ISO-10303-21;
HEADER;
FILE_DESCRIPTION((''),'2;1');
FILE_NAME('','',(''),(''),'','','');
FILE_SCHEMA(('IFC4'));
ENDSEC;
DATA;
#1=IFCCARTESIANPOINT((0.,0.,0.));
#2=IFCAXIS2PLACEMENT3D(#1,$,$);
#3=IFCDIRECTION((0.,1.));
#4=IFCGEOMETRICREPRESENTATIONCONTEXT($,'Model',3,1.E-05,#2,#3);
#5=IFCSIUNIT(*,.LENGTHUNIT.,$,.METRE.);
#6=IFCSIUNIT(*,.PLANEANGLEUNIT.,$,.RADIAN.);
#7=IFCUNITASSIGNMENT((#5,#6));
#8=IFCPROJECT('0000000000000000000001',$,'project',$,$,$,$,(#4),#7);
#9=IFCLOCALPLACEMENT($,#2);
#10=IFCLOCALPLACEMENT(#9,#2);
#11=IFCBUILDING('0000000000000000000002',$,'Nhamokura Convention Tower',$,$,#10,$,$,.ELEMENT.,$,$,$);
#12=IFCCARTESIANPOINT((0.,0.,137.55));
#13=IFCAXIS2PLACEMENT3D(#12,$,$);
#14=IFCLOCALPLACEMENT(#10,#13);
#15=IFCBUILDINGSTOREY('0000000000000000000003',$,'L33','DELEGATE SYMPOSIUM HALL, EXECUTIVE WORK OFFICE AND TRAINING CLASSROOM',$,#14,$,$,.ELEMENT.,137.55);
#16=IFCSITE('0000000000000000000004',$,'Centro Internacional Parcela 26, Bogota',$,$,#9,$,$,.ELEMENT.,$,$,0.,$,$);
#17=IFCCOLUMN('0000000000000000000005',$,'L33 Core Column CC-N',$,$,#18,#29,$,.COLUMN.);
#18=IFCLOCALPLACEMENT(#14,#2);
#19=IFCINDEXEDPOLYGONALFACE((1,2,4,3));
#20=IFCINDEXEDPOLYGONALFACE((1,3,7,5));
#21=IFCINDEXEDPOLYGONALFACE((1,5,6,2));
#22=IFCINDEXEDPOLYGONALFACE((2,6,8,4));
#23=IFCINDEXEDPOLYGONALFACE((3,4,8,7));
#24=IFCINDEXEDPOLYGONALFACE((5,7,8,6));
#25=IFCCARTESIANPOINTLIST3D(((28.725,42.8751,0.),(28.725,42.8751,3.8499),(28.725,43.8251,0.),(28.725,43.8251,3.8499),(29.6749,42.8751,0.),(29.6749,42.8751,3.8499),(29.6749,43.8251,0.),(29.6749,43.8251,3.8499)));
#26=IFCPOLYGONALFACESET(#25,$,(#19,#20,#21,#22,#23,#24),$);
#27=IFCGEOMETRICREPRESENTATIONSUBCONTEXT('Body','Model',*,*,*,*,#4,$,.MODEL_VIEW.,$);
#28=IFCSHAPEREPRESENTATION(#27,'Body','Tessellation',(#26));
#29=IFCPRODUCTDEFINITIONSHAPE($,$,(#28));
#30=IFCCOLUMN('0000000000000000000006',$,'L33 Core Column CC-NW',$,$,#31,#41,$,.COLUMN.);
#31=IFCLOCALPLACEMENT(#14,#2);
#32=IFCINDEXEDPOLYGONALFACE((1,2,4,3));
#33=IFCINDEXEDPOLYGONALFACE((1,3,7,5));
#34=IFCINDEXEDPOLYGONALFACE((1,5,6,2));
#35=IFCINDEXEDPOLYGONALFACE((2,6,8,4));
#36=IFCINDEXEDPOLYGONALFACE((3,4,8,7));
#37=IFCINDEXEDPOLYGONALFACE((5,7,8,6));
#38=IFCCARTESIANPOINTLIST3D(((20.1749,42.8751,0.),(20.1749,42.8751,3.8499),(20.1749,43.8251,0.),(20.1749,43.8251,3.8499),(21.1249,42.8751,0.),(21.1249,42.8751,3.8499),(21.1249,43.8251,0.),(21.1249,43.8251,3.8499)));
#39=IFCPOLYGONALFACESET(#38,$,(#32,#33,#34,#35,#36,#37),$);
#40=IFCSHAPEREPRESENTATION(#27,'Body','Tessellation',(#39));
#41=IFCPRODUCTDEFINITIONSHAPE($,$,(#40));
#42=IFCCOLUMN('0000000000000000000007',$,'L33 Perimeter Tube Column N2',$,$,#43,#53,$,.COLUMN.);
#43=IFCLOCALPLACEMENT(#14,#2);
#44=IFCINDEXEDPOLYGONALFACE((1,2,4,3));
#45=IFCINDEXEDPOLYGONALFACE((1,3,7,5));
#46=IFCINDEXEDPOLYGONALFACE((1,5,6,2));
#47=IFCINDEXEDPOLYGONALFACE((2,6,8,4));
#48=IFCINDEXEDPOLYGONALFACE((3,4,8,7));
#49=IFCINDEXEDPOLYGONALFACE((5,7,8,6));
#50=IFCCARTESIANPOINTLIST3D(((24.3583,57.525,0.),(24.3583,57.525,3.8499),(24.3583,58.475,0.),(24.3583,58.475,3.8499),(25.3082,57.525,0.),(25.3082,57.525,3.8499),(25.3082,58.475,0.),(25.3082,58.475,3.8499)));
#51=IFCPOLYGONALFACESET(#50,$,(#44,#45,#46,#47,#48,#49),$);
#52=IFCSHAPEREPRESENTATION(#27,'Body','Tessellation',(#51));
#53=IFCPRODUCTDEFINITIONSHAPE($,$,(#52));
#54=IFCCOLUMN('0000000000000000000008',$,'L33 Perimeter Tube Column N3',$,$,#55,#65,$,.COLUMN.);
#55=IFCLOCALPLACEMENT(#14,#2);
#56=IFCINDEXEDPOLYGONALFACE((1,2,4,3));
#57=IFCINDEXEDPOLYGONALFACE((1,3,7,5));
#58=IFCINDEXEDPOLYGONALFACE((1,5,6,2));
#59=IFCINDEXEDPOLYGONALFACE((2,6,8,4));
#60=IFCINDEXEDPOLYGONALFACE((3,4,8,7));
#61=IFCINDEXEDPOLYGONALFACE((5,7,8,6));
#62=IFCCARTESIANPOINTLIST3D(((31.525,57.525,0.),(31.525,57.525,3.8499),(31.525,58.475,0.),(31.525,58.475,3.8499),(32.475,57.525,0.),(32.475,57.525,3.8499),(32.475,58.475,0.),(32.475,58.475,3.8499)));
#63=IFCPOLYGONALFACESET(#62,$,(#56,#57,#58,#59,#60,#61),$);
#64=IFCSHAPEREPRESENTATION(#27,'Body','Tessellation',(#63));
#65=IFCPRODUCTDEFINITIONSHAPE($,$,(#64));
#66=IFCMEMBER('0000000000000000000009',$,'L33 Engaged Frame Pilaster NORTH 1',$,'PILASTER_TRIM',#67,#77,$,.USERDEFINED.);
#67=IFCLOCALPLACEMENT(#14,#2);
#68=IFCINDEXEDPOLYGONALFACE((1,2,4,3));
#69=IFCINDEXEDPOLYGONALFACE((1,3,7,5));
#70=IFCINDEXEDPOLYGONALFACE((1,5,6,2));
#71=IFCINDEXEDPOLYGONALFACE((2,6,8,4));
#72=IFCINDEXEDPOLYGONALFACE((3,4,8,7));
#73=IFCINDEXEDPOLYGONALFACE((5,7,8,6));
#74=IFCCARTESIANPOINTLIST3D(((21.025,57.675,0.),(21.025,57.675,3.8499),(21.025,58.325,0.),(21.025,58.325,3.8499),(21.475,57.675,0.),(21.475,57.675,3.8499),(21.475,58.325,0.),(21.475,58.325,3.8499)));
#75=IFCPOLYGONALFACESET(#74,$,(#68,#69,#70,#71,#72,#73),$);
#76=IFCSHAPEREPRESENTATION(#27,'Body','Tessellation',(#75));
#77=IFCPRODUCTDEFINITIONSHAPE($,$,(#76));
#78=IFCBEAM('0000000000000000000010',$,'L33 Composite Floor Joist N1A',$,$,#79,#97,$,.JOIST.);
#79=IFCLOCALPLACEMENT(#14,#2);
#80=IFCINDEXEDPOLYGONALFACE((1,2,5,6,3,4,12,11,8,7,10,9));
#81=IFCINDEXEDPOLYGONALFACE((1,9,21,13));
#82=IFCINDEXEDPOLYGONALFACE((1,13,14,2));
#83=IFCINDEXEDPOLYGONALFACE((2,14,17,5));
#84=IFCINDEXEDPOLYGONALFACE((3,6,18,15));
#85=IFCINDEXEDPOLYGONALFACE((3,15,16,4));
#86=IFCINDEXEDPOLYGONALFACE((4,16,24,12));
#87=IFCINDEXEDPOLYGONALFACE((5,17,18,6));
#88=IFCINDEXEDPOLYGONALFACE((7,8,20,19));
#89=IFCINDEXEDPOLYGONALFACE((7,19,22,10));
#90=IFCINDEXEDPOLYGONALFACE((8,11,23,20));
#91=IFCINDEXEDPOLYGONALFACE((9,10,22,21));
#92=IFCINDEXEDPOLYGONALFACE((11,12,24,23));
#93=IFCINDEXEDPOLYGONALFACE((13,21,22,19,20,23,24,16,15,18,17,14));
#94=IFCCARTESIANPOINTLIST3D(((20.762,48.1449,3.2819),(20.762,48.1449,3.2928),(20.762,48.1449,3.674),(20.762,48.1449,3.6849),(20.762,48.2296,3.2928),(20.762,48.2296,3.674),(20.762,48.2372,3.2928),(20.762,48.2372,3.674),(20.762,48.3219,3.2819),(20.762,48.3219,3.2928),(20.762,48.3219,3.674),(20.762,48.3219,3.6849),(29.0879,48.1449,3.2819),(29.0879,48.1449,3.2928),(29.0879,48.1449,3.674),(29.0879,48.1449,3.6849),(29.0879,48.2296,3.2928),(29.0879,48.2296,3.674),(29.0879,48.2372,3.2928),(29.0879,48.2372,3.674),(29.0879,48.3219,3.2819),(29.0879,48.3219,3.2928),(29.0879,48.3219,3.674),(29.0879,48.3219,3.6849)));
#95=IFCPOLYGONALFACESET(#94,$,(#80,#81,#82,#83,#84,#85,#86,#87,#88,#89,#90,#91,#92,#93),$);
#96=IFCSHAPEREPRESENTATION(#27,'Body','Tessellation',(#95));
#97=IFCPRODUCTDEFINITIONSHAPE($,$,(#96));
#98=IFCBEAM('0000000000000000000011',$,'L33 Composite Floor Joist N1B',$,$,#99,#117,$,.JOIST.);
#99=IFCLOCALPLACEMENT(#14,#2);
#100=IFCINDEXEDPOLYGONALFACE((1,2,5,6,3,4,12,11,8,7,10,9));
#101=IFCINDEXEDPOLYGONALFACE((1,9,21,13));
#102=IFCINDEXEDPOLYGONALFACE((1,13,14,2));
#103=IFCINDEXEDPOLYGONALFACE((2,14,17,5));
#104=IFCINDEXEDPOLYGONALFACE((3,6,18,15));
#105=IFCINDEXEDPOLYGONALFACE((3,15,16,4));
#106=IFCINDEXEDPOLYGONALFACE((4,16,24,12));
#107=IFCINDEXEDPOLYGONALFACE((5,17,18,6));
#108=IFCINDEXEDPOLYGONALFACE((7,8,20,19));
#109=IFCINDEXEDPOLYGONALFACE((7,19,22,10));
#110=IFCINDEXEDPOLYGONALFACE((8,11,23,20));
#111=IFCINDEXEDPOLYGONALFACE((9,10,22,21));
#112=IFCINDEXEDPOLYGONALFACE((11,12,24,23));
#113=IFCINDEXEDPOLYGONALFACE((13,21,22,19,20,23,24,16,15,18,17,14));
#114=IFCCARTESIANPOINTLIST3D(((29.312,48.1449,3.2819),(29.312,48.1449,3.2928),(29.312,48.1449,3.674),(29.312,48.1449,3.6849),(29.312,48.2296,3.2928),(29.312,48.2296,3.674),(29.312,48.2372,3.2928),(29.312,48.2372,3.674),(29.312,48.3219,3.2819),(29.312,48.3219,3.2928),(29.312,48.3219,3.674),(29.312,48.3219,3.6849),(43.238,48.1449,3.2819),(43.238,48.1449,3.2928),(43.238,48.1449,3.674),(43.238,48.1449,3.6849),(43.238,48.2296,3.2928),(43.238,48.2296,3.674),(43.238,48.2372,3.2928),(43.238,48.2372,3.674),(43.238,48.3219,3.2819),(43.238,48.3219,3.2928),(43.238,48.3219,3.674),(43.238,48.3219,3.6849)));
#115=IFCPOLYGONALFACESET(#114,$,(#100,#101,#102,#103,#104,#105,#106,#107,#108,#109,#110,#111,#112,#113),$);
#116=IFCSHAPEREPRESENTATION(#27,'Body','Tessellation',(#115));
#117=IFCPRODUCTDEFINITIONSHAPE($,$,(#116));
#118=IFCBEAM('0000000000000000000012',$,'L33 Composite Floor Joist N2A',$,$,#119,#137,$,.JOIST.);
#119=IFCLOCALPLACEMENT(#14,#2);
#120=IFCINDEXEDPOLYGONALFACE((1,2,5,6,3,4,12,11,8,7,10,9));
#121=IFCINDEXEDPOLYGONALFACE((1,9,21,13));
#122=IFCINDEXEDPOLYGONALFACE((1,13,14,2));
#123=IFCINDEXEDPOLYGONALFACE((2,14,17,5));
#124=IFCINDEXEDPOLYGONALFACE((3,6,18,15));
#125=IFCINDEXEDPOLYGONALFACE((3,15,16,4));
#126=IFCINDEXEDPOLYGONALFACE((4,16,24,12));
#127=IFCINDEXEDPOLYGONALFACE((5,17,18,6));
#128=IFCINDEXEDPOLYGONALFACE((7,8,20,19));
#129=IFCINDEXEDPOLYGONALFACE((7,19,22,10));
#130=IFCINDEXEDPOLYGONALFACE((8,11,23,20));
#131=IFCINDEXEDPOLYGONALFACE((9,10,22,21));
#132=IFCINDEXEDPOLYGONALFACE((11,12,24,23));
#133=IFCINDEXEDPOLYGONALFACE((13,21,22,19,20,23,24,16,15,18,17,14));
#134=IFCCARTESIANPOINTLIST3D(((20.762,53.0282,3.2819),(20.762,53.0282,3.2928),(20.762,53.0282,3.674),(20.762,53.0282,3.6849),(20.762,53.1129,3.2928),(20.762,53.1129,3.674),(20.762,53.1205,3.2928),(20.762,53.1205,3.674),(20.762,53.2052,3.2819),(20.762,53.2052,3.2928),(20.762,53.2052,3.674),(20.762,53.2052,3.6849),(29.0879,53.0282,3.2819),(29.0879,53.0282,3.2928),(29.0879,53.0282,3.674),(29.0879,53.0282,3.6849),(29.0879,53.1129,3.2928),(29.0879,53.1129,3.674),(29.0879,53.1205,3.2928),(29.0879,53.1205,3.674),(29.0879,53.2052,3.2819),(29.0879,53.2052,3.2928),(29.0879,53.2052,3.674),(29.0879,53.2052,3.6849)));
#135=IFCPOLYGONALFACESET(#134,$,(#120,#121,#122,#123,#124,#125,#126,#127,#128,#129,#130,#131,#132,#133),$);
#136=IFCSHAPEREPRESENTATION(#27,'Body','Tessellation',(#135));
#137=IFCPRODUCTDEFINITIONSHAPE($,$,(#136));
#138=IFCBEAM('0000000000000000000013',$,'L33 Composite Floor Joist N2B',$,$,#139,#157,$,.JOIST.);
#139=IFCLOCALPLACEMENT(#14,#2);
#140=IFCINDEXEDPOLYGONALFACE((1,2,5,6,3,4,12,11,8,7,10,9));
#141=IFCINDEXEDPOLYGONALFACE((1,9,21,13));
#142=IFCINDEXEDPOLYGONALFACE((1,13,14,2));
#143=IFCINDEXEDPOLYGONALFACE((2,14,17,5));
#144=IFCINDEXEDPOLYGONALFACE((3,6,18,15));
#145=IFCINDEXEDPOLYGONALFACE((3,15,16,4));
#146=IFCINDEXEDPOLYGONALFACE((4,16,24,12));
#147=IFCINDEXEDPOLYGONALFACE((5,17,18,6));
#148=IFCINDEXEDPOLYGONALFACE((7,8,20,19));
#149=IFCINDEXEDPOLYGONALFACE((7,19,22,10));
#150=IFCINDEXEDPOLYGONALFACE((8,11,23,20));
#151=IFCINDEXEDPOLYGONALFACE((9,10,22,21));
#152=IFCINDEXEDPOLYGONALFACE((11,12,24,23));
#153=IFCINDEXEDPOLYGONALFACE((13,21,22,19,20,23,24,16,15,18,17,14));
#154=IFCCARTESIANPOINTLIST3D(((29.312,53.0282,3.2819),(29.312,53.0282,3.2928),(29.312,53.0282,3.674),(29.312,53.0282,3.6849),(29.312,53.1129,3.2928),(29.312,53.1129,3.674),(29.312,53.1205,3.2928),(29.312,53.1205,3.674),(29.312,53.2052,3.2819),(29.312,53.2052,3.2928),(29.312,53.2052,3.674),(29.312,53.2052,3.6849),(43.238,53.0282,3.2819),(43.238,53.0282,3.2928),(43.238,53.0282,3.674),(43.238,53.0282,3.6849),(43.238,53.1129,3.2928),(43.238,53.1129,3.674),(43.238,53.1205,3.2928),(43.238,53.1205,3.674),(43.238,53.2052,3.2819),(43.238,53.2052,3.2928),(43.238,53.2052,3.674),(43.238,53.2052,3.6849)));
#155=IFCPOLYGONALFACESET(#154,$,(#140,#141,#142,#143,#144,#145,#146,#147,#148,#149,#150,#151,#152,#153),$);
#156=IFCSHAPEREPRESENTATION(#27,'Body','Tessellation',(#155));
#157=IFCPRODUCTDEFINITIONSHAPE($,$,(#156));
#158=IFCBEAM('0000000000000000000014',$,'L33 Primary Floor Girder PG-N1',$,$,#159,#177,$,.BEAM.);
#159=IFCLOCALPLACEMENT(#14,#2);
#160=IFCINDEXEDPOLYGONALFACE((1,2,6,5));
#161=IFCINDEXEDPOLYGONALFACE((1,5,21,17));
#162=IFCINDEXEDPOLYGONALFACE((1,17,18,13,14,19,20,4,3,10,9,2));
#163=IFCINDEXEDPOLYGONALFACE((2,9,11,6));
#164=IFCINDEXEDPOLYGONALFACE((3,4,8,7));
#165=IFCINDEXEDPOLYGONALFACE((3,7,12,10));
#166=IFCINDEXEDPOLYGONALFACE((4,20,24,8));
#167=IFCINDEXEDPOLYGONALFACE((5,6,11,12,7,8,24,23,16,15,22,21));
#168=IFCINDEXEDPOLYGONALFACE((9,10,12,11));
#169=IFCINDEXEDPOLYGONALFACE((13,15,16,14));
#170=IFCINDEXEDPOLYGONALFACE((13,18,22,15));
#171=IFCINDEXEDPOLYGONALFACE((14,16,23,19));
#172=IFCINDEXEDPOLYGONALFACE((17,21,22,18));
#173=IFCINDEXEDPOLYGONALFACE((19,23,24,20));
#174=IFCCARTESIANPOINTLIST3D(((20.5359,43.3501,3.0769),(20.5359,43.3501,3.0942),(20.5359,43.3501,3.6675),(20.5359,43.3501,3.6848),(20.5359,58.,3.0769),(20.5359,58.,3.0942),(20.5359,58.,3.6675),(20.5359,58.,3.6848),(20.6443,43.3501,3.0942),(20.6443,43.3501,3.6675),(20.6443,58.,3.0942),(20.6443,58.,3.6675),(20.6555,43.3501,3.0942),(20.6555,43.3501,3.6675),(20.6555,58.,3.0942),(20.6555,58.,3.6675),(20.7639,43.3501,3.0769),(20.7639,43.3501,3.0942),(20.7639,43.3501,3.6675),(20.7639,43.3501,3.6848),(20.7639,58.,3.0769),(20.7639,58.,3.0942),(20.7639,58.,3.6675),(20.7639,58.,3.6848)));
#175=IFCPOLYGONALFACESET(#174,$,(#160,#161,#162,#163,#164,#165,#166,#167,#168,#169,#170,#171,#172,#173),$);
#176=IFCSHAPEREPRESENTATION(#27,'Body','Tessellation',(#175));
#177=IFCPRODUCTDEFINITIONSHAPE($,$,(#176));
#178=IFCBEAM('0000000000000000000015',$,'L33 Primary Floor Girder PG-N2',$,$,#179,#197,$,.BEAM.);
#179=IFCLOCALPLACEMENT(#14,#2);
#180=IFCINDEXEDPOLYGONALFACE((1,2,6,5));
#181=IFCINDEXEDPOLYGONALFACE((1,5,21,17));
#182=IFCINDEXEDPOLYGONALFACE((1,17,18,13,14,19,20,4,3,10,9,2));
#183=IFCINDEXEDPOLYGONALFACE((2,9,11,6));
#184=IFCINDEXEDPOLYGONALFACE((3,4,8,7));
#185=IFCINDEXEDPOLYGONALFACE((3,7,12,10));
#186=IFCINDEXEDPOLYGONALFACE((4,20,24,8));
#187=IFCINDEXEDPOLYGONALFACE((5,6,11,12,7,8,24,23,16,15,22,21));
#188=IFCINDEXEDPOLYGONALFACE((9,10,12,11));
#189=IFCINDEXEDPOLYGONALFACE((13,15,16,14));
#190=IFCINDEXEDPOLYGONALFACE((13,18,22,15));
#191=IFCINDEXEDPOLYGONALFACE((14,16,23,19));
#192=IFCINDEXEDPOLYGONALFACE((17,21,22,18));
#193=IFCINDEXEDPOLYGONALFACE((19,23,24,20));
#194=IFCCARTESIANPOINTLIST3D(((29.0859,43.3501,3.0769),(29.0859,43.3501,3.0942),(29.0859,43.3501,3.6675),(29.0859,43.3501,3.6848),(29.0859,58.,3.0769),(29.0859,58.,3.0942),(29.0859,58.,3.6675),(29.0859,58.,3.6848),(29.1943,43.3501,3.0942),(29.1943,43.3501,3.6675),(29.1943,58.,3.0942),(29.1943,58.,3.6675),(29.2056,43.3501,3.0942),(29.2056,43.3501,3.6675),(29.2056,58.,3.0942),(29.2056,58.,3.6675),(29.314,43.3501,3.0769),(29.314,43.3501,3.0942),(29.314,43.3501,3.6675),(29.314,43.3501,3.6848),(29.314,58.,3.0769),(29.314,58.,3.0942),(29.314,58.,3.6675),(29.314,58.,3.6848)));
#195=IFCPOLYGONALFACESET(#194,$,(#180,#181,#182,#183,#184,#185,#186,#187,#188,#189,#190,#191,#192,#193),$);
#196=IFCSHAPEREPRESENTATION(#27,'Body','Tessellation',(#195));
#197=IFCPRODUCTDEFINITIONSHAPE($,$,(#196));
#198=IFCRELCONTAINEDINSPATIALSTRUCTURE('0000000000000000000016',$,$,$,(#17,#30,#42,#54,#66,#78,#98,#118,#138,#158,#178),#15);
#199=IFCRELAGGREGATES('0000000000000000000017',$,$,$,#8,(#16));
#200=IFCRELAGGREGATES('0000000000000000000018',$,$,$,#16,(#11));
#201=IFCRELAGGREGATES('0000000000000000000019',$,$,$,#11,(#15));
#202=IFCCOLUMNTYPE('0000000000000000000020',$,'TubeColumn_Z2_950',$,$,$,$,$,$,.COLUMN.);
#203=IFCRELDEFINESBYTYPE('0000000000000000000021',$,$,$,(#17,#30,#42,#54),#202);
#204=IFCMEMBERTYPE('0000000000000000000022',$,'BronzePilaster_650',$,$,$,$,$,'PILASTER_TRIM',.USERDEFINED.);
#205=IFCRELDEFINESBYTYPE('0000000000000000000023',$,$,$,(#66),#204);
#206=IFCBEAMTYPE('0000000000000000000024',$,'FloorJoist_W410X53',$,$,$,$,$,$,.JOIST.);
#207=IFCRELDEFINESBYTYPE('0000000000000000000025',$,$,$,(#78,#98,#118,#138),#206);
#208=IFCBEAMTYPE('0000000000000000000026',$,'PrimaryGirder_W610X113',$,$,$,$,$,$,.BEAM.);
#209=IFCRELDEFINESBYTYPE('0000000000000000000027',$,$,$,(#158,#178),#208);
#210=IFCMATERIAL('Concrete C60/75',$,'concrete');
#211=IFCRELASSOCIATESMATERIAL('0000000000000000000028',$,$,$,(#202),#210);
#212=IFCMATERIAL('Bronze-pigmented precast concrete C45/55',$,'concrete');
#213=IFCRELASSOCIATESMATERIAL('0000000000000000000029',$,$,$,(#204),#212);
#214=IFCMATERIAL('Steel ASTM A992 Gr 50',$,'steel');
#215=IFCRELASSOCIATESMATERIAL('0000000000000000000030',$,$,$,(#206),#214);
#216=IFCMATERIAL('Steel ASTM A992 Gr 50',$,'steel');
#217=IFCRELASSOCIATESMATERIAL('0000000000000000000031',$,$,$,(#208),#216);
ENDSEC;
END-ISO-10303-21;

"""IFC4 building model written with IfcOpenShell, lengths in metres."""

from ifc_helpers import new_model, si_unit, direction, frame, origin, origin_2d, place, context, subcontext, project, spatial, rectangle, i_section, extrude, material, material_profile, profile_set, type_object, element, save


model = new_model("IFC4")

# Units and contexts
model_context = context("Model", 3, precision=1e-05, world=origin(), true_north=direction((0.0, 1.0)))
body_context = subcontext(model_context, "Body", "Model", "MODEL_VIEW")
ifc_project = project(units=[si_unit("LENGTHUNIT", "METRE"), si_unit("PLANEANGLEUNIT", "RADIAN")], contexts=[model_context])

# Site, building, storey
site_placement = place(None, origin())
site = spatial("IfcSite", under=ifc_project, at=site_placement, Name="Centro Internacional Parcela 26, Bogota", CompositionType="ELEMENT", RefElevation=0.0)
building_placement = place(site_placement, origin())
building = spatial("IfcBuilding", under=site, at=building_placement, Name="Nhamokura Convention Tower", CompositionType="ELEMENT")
storey_placement = place(building_placement, frame((0.0, 0.0, 137.55)))
storey = spatial("IfcBuildingStorey", under=building, at=storey_placement, Name="L33", Description="DELEGATE SYMPOSIUM HALL, EXECUTIVE WORK OFFICE AND TRAINING CLASSROOM", CompositionType="ELEMENT", Elevation=137.55)

# Columns
ifc_material_1 = material(Name="Concrete C60/75", Category="concrete")
ifc_material_profile_1 = material_profile(ifc_material_1, rectangle(XDim=0.95, YDim=0.95, at=origin_2d()))
ifc_profile_set_1 = profile_set([ifc_material_profile_1], Name="Concrete C60/75")
column_type = type_object("IfcColumnType", Name="TubeColumn_Z2_950", PredefinedType="COLUMN", material=ifc_profile_set_1)
for number, where, z_axis, x_axis, name in (
    (1, (29.2, 43.3501, 0.0), (0.0, 0.0, 1.0), (1.0, 0.0, 0.0), "L33 Core Column CC-N"),
    (2, (20.6499, 43.3501, 0.0), (0.0, 0.0, 1.0), (1.0, 0.0, 0.0), "L33 Core Column CC-NW"),
    (3, (24.8333, 58.0, 0.0), (0.0, 0.0, 1.0), (1.0, 0.0, 0.0), "L33 Perimeter Tube Column N2"),
    (4, (32.0, 58.0, 0.0), (0.0, 0.0, 1.0), (1.0, 0.0, 0.0), "L33 Perimeter Tube Column N3"),
):
    element("IfcColumn", number, at=place(storey_placement, frame(where, z_axis=z_axis, x_axis=x_axis)), inside=storey, type_object=column_type, Name=name, PredefinedType="COLUMN", context=body_context, shape_type="SweptSolid", body=[
        extrude(rectangle(XDim=0.95, YDim=0.95, at=origin_2d()), origin(), (0.0, 0.0, 1.0), 3.8499),
    ])

# Member
ifc_material_2 = material(Name="Bronze-pigmented precast concrete C45/55", Category="concrete")
ifc_material_profile_2 = material_profile(ifc_material_2, rectangle(XDim=0.45, YDim=0.6499, at=origin_2d()))
ifc_profile_set_2 = profile_set([ifc_material_profile_2], Name="Bronze-pigmented precast concrete C45/55")
member_type = type_object("IfcMemberType", Name="BronzePilaster_650", ElementType="PILASTER_TRIM", PredefinedType="USERDEFINED", material=ifc_profile_set_2)
member_placement = place(storey_placement, frame((21.25, 58.0, 0.0), z_axis=(0.0, 0.0, 1.0), x_axis=(1.0, 0.0, 0.0)))
element("IfcMember", 5, at=member_placement, inside=storey, type_object=member_type, Name="L33 Engaged Frame Pilaster NORTH 1", ObjectType="PILASTER_TRIM", PredefinedType="USERDEFINED", context=body_context, shape_type="SweptSolid", body=[
    extrude(rectangle(XDim=0.45, YDim=0.6499, at=origin_2d()), origin(), (0.0, 0.0, 1.0), 3.8499),
])

# Beams
ifc_material_3 = material(Name="Steel ASTM A992 Gr 50", Category="steel")
ifc_material_profile_3 = material_profile(ifc_material_3, i_section(OverallWidth=0.177, OverallDepth=0.4031, WebThickness=0.0076, FlangeThickness=0.011, at=origin_2d()))
ifc_profile_set_3 = profile_set([ifc_material_profile_3], Name="Steel ASTM A992 Gr 50")
beam_type_1 = type_object("IfcBeamType", Name="FloorJoist_W410X53", PredefinedType="JOIST", material=ifc_profile_set_3)
beam_1_placement = place(storey_placement, frame((20.762, 48.2334, 3.4834), z_axis=(1.0, 0.0, 0.0), x_axis=(0.0, 1.0, 0.0)))
element("IfcBeam", 6, at=beam_1_placement, inside=storey, type_object=beam_type_1, Name="L33 Composite Floor Joist N1A", PredefinedType="JOIST", context=body_context, shape_type="SweptSolid", body=[
    extrude(i_section(OverallWidth=0.177, OverallDepth=0.4031, WebThickness=0.0076, FlangeThickness=0.011, at=origin_2d()), origin(), (0.0, 0.0, 1.0), 8.3259),
])
beam_2_placement = place(storey_placement, frame((29.312, 48.2334, 3.4834), z_axis=(1.0, 0.0, 0.0), x_axis=(0.0, 1.0, 0.0)))
element("IfcBeam", 7, at=beam_2_placement, inside=storey, type_object=beam_type_1, Name="L33 Composite Floor Joist N1B", PredefinedType="JOIST", context=body_context, shape_type="SweptSolid", body=[
    extrude(i_section(OverallWidth=0.177, OverallDepth=0.4031, WebThickness=0.0076, FlangeThickness=0.011, at=origin_2d()), origin(), (0.0, 0.0, 1.0), 13.926),
])
beam_3_placement = place(storey_placement, frame((20.762, 53.1167, 3.4834), z_axis=(1.0, 0.0, 0.0), x_axis=(0.0, 1.0, 0.0)))
element("IfcBeam", 8, at=beam_3_placement, inside=storey, type_object=beam_type_1, Name="L33 Composite Floor Joist N2A", PredefinedType="JOIST", context=body_context, shape_type="SweptSolid", body=[
    extrude(i_section(OverallWidth=0.177, OverallDepth=0.4031, WebThickness=0.0076, FlangeThickness=0.011, at=origin_2d()), origin(), (0.0, 0.0, 1.0), 8.3259),
])
beam_4_placement = place(storey_placement, frame((29.312, 53.1167, 3.4834), z_axis=(1.0, 0.0, 0.0), x_axis=(0.0, 1.0, 0.0)))
element("IfcBeam", 9, at=beam_4_placement, inside=storey, type_object=beam_type_1, Name="L33 Composite Floor Joist N2B", PredefinedType="JOIST", context=body_context, shape_type="SweptSolid", body=[
    extrude(i_section(OverallWidth=0.177, OverallDepth=0.4031, WebThickness=0.0076, FlangeThickness=0.011, at=origin_2d()), origin(), (0.0, 0.0, 1.0), 13.926),
])
ifc_material_4 = material(Name="Steel ASTM A992 Gr 50", Category="steel")
ifc_material_profile_4 = material_profile(ifc_material_4, i_section(OverallWidth=0.228, OverallDepth=0.6079, WebThickness=0.0112, FlangeThickness=0.0173, at=origin_2d()))
ifc_profile_set_4 = profile_set([ifc_material_profile_4], Name="Steel ASTM A992 Gr 50")
beam_type_2 = type_object("IfcBeamType", Name="PrimaryGirder_W610X113", PredefinedType="BEAM", material=ifc_profile_set_4)
for number, where, z_axis, x_axis, name in (
    (10, (20.6499, 43.3501, 3.3809), (0.0, 1.0, 0.0), (-1.0, 0.0, 0.0), "L33 Primary Floor Girder PG-N1"),
    (11, (29.2, 43.3501, 3.3809), (0.0, 1.0, 0.0), (-1.0, 0.0, 0.0), "L33 Primary Floor Girder PG-N2"),
):
    element("IfcBeam", number, at=place(storey_placement, frame(where, z_axis=z_axis, x_axis=x_axis)), inside=storey, type_object=beam_type_2, Name=name, PredefinedType="BEAM", context=body_context, shape_type="SweptSolid", body=[
        extrude(i_section(OverallWidth=0.228, OverallDepth=0.6079, WebThickness=0.0112, FlangeThickness=0.0173, at=origin_2d()), origin(), (0.0, 0.0, 1.0), 14.6499),
    ])

save(model, "model.ifc")
